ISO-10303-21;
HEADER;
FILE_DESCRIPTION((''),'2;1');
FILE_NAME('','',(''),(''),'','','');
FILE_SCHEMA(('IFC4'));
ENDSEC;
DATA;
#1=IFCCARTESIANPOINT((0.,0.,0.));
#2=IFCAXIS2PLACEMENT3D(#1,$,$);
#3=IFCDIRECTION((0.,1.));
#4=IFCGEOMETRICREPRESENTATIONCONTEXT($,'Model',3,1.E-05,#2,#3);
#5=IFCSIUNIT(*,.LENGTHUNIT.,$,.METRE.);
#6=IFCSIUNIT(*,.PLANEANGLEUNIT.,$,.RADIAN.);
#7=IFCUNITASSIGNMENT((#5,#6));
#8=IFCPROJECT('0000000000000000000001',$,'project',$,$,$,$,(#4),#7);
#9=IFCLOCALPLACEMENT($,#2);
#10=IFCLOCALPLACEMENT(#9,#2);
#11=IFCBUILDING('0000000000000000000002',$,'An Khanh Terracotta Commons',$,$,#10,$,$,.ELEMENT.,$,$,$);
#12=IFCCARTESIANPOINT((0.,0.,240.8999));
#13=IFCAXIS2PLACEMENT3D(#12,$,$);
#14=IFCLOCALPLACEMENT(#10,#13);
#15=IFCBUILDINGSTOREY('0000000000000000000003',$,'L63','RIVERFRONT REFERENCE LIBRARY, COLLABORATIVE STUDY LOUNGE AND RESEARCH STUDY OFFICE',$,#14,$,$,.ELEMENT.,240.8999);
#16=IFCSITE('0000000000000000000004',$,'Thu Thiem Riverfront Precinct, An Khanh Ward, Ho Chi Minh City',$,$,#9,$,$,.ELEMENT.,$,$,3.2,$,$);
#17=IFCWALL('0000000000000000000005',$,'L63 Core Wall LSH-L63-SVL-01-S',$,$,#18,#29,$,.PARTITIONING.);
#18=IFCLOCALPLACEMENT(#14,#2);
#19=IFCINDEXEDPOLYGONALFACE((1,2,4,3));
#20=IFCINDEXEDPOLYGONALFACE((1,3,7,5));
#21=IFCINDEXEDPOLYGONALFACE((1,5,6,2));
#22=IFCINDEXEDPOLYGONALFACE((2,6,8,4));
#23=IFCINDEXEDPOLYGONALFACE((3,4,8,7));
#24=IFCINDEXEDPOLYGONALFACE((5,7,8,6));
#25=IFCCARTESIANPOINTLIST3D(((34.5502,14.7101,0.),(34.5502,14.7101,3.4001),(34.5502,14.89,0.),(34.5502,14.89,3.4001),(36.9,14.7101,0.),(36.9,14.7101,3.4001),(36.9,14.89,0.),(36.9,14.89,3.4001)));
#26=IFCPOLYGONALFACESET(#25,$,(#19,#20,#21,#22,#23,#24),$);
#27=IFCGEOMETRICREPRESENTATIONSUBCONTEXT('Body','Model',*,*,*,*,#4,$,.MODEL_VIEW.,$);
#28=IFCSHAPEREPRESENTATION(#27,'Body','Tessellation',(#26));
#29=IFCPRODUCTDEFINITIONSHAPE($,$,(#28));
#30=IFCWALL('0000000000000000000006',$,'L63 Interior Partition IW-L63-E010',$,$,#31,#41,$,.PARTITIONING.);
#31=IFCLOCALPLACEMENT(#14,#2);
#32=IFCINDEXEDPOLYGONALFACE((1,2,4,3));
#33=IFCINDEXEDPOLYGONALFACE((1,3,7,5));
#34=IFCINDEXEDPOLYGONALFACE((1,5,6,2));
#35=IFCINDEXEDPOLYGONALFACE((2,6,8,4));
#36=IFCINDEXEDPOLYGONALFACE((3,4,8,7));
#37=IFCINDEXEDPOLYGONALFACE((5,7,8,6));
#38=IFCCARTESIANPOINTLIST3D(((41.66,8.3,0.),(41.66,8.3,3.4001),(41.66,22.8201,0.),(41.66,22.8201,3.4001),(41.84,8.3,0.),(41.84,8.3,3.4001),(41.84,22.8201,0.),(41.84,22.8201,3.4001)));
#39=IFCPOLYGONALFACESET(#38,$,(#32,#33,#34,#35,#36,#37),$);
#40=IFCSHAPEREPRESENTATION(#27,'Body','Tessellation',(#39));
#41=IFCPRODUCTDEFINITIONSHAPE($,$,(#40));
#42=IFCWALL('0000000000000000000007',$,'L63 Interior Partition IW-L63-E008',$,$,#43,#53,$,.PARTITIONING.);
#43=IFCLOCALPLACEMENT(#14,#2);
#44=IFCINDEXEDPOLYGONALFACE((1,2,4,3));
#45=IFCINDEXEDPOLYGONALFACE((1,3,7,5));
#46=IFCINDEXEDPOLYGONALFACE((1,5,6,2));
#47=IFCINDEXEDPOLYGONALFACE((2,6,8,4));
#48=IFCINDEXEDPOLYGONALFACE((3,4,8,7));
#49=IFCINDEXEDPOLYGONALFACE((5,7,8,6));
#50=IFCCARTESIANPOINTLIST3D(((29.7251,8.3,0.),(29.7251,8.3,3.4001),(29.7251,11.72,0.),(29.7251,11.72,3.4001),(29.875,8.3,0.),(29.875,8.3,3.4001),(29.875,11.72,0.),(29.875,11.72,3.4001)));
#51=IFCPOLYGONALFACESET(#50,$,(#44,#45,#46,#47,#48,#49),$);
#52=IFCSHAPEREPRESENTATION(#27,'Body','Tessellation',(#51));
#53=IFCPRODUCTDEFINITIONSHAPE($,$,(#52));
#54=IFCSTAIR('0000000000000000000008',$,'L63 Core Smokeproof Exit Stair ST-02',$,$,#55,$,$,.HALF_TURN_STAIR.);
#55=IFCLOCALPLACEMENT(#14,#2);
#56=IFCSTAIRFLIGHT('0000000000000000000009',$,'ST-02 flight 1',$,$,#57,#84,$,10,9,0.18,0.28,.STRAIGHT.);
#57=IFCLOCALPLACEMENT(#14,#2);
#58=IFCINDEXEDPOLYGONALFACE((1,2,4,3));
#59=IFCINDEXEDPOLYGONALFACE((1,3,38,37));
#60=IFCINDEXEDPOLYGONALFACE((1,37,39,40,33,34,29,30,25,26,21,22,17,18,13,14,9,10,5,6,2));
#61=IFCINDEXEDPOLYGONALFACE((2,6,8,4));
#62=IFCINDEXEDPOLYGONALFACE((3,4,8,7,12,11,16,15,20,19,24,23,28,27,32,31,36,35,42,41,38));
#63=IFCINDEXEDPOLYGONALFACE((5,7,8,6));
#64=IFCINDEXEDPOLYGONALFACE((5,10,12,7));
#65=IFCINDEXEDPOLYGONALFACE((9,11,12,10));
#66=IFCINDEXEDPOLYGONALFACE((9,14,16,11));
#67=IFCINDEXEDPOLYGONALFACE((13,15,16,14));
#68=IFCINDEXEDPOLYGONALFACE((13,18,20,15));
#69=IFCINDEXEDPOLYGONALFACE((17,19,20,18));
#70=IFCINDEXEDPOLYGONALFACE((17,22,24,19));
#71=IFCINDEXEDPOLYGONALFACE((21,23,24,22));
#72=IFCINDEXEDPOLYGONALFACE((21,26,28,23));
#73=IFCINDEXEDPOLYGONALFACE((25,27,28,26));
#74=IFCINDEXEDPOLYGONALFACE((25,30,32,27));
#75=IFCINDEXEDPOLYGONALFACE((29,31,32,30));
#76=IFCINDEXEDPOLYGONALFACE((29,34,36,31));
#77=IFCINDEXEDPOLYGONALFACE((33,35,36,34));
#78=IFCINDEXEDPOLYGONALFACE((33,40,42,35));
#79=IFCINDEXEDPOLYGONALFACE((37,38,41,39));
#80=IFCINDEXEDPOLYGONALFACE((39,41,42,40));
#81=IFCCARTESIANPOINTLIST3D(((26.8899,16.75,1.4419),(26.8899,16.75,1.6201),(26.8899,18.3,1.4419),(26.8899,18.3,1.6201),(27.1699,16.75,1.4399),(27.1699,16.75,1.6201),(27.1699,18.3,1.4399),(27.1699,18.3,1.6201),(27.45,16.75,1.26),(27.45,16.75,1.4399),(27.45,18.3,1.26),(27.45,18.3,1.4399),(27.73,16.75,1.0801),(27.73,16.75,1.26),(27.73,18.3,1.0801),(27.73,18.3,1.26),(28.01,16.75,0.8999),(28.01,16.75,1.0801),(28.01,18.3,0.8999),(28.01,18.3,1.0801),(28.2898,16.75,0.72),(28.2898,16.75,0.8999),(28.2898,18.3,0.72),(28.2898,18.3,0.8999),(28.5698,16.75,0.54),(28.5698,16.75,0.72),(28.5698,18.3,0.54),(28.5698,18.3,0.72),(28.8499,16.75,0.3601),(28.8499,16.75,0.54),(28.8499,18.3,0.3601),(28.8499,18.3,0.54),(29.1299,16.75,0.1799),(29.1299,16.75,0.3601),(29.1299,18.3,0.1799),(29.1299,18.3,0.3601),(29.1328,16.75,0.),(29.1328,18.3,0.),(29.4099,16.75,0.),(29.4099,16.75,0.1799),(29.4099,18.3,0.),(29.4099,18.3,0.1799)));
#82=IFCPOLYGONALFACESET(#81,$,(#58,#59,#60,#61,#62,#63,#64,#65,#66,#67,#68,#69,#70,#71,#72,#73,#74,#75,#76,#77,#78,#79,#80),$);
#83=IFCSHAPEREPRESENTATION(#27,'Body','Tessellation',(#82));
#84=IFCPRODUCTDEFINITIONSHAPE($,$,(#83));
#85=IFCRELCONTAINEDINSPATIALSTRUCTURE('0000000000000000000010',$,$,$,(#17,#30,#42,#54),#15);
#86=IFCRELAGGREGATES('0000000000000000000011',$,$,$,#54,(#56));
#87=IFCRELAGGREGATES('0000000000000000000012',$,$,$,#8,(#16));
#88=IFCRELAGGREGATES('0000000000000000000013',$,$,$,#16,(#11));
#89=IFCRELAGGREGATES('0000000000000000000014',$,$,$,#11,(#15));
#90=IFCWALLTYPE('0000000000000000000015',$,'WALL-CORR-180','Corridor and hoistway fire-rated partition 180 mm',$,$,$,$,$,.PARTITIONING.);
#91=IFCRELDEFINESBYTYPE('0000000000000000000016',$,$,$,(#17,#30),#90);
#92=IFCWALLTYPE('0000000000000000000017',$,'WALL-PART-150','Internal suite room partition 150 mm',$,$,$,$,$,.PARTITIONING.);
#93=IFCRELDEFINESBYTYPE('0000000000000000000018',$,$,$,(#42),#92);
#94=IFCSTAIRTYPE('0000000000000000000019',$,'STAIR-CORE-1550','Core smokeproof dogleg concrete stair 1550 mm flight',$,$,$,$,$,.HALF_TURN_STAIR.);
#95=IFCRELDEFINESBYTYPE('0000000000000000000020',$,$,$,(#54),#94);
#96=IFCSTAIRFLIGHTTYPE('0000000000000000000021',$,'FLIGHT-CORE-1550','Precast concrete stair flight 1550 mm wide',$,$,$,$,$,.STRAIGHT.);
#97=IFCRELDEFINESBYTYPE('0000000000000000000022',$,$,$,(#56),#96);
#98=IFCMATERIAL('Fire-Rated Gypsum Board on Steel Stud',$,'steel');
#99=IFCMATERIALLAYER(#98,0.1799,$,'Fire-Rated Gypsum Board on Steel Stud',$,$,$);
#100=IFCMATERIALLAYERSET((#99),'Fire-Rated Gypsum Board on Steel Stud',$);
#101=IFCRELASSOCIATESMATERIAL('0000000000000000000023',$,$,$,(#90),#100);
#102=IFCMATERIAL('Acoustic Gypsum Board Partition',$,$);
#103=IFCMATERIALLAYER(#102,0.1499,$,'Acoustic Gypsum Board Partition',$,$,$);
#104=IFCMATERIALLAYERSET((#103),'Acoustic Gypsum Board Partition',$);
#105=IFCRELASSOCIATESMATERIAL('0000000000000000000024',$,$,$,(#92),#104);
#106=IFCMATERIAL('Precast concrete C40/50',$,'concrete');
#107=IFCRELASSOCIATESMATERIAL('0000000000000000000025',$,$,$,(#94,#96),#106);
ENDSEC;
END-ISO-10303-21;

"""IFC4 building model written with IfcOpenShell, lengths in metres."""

from ifc_helpers import new_model, si_unit, direction, frame, frame_2d, origin, place, context, subcontext, project, spatial, polyline, rectangle, outline, extrude, material, layer, layer_set, type_object, element, aggregate, save


model = new_model("IFC4")

# Units and contexts
model_context = context("Model", 3, precision=1e-05, world=origin(), true_north=direction((0.0, 1.0)))
body_context = subcontext(model_context, "Body", "Model", "MODEL_VIEW")
ifc_project = project(units=[si_unit("LENGTHUNIT", "METRE"), si_unit("PLANEANGLEUNIT", "RADIAN")], contexts=[model_context])

# Site, building, storey
site_placement = place(None, origin())
site = spatial("IfcSite", under=ifc_project, at=site_placement, Name="Thu Thiem Riverfront Precinct, An Khanh Ward, Ho Chi Minh City", CompositionType="ELEMENT", RefElevation=3.2)
building_placement = place(site_placement, origin())
building = spatial("IfcBuilding", under=site, at=building_placement, Name="An Khanh Terracotta Commons", CompositionType="ELEMENT")
storey_placement = place(building_placement, frame((0.0, 0.0, 240.8999)))
storey = spatial("IfcBuildingStorey", under=building, at=storey_placement, Name="L63", Description="RIVERFRONT REFERENCE LIBRARY, COLLABORATIVE STUDY LOUNGE AND RESEARCH STUDY OFFICE", CompositionType="ELEMENT", Elevation=240.8999)

# Walls
ifc_material_1 = material(Name="Fire-Rated Gypsum Board on Steel Stud", Category="steel")
ifc_layer_1 = layer(ifc_material_1, 0.1799, Name="Fire-Rated Gypsum Board on Steel Stud")
ifc_layer_set_1 = layer_set([ifc_layer_1], Name="Fire-Rated Gypsum Board on Steel Stud")
wall_type_1 = type_object("IfcWallType", Name="WALL-CORR-180", Description="Corridor and hoistway fire-rated partition 180 mm", PredefinedType="PARTITIONING", material=ifc_layer_set_1)
wall_1_placement = place(storey_placement, frame((36.8999, 14.8, 0.0), z_axis=(0.0, 0.0, 1.0), x_axis=(-1.0, 0.0, 0.0)))
element("IfcWall", 1, at=wall_1_placement, inside=storey, type_object=wall_type_1, Name="L63 Core Wall LSH-L63-SVL-01-S", PredefinedType="PARTITIONING", context=body_context, shape_type="SweptSolid", body=[
    extrude(rectangle(XDim=2.3499, YDim=0.1799, at=frame_2d((1.1748, 0.0))), origin(), (0.0, 0.0, 1.0), 3.4001),
])
wall_2_placement = place(storey_placement, frame((41.75, 8.3, 0.0), z_axis=(0.0, 0.0, 1.0), x_axis=(0.0, 1.0, 0.0)))
element("IfcWall", 2, at=wall_2_placement, inside=storey, type_object=wall_type_1, Name="L63 Interior Partition IW-L63-E010", PredefinedType="PARTITIONING", context=body_context, shape_type="SweptSolid", body=[
    extrude(rectangle(XDim=14.52, YDim=0.1799, at=frame_2d((7.26, 0.0))), origin(), (0.0, 0.0, 1.0), 3.4001),
])
ifc_material_2 = material(Name="Acoustic Gypsum Board Partition")
ifc_layer_2 = layer(ifc_material_2, 0.1499, Name="Acoustic Gypsum Board Partition")
ifc_layer_set_2 = layer_set([ifc_layer_2], Name="Acoustic Gypsum Board Partition")
wall_type_2 = type_object("IfcWallType", Name="WALL-PART-150", Description="Internal suite room partition 150 mm", PredefinedType="PARTITIONING", material=ifc_layer_set_2)
wall_3_placement = place(storey_placement, frame((29.8, 8.3, 0.0), z_axis=(0.0, 0.0, 1.0), x_axis=(0.0, 1.0, 0.0)))
element("IfcWall", 3, at=wall_3_placement, inside=storey, type_object=wall_type_2, Name="L63 Interior Partition IW-L63-E008", PredefinedType="PARTITIONING", context=body_context, shape_type="SweptSolid", body=[
    extrude(rectangle(XDim=3.4199, YDim=0.1499, at=frame_2d((1.71, 0.0))), origin(), (0.0, 0.0, 1.0), 3.4001),
])

# Stair, stair flight
ifc_material_3 = material(Name="Precast concrete C40/50", Category="concrete")
stair_type = type_object("IfcStairType", Name="STAIR-CORE-1550", Description="Core smokeproof dogleg concrete stair 1550 mm flight", PredefinedType="HALF_TURN_STAIR", material=ifc_material_3)
stair_placement = place(storey_placement, origin())
stair = element("IfcStair", 4, at=stair_placement, inside=storey, type_object=stair_type, Name="L63 Core Smokeproof Exit Stair ST-02", PredefinedType="HALF_TURN_STAIR")
stair_flight_type = type_object("IfcStairFlightType", Name="FLIGHT-CORE-1550", Description="Precast concrete stair flight 1550 mm wide", PredefinedType="STRAIGHT", material=ifc_material_3)
stair_flight_placement = place(storey_placement, frame((29.4099, 17.5249, 0.0), z_axis=(0.0, 0.0, 1.0), x_axis=(-1.0, 0.0, 0.0)))
stair_flight = element("IfcStairFlight", 5, at=stair_flight_placement, type_object=stair_flight_type, Name="ST-02 flight 1", NumberOfRisers=10, NumberOfTreads=9, PredefinedType="STRAIGHT", RiserHeight=0.18, TreadLength=0.28, context=body_context, shape_type="SweptSolid", body=[
    extrude(outline(polyline([(0.0, 0.0), (0.0, 0.1799), (0.28, 0.1799), (0.28, 0.3601), (0.5601, 0.3601), (0.5601, 0.54), (0.8401, 0.54), (0.8401, 0.72), (1.1201, 0.72), (1.1201, 0.8999), (1.3999, 0.8999), (1.3999, 1.0801), (1.6799, 1.0801), (1.6799, 1.26), (1.96, 1.26), (1.96, 1.4399), (2.24, 1.4399), (2.24, 1.6201), (2.52, 1.6201), (2.52, 1.8), (2.52, 1.4419), (0.2771, 0.0), (0.0, 0.0)])), frame((0.0, 0.7749, 0.0), z_axis=(0.0, -1.0, 0.0), x_axis=(1.0, 0.0, 0.0)), (0.0, 0.0, 1.0), 1.55),
])
aggregate(stair, [stair_flight])

save(model, "model.ifc")
